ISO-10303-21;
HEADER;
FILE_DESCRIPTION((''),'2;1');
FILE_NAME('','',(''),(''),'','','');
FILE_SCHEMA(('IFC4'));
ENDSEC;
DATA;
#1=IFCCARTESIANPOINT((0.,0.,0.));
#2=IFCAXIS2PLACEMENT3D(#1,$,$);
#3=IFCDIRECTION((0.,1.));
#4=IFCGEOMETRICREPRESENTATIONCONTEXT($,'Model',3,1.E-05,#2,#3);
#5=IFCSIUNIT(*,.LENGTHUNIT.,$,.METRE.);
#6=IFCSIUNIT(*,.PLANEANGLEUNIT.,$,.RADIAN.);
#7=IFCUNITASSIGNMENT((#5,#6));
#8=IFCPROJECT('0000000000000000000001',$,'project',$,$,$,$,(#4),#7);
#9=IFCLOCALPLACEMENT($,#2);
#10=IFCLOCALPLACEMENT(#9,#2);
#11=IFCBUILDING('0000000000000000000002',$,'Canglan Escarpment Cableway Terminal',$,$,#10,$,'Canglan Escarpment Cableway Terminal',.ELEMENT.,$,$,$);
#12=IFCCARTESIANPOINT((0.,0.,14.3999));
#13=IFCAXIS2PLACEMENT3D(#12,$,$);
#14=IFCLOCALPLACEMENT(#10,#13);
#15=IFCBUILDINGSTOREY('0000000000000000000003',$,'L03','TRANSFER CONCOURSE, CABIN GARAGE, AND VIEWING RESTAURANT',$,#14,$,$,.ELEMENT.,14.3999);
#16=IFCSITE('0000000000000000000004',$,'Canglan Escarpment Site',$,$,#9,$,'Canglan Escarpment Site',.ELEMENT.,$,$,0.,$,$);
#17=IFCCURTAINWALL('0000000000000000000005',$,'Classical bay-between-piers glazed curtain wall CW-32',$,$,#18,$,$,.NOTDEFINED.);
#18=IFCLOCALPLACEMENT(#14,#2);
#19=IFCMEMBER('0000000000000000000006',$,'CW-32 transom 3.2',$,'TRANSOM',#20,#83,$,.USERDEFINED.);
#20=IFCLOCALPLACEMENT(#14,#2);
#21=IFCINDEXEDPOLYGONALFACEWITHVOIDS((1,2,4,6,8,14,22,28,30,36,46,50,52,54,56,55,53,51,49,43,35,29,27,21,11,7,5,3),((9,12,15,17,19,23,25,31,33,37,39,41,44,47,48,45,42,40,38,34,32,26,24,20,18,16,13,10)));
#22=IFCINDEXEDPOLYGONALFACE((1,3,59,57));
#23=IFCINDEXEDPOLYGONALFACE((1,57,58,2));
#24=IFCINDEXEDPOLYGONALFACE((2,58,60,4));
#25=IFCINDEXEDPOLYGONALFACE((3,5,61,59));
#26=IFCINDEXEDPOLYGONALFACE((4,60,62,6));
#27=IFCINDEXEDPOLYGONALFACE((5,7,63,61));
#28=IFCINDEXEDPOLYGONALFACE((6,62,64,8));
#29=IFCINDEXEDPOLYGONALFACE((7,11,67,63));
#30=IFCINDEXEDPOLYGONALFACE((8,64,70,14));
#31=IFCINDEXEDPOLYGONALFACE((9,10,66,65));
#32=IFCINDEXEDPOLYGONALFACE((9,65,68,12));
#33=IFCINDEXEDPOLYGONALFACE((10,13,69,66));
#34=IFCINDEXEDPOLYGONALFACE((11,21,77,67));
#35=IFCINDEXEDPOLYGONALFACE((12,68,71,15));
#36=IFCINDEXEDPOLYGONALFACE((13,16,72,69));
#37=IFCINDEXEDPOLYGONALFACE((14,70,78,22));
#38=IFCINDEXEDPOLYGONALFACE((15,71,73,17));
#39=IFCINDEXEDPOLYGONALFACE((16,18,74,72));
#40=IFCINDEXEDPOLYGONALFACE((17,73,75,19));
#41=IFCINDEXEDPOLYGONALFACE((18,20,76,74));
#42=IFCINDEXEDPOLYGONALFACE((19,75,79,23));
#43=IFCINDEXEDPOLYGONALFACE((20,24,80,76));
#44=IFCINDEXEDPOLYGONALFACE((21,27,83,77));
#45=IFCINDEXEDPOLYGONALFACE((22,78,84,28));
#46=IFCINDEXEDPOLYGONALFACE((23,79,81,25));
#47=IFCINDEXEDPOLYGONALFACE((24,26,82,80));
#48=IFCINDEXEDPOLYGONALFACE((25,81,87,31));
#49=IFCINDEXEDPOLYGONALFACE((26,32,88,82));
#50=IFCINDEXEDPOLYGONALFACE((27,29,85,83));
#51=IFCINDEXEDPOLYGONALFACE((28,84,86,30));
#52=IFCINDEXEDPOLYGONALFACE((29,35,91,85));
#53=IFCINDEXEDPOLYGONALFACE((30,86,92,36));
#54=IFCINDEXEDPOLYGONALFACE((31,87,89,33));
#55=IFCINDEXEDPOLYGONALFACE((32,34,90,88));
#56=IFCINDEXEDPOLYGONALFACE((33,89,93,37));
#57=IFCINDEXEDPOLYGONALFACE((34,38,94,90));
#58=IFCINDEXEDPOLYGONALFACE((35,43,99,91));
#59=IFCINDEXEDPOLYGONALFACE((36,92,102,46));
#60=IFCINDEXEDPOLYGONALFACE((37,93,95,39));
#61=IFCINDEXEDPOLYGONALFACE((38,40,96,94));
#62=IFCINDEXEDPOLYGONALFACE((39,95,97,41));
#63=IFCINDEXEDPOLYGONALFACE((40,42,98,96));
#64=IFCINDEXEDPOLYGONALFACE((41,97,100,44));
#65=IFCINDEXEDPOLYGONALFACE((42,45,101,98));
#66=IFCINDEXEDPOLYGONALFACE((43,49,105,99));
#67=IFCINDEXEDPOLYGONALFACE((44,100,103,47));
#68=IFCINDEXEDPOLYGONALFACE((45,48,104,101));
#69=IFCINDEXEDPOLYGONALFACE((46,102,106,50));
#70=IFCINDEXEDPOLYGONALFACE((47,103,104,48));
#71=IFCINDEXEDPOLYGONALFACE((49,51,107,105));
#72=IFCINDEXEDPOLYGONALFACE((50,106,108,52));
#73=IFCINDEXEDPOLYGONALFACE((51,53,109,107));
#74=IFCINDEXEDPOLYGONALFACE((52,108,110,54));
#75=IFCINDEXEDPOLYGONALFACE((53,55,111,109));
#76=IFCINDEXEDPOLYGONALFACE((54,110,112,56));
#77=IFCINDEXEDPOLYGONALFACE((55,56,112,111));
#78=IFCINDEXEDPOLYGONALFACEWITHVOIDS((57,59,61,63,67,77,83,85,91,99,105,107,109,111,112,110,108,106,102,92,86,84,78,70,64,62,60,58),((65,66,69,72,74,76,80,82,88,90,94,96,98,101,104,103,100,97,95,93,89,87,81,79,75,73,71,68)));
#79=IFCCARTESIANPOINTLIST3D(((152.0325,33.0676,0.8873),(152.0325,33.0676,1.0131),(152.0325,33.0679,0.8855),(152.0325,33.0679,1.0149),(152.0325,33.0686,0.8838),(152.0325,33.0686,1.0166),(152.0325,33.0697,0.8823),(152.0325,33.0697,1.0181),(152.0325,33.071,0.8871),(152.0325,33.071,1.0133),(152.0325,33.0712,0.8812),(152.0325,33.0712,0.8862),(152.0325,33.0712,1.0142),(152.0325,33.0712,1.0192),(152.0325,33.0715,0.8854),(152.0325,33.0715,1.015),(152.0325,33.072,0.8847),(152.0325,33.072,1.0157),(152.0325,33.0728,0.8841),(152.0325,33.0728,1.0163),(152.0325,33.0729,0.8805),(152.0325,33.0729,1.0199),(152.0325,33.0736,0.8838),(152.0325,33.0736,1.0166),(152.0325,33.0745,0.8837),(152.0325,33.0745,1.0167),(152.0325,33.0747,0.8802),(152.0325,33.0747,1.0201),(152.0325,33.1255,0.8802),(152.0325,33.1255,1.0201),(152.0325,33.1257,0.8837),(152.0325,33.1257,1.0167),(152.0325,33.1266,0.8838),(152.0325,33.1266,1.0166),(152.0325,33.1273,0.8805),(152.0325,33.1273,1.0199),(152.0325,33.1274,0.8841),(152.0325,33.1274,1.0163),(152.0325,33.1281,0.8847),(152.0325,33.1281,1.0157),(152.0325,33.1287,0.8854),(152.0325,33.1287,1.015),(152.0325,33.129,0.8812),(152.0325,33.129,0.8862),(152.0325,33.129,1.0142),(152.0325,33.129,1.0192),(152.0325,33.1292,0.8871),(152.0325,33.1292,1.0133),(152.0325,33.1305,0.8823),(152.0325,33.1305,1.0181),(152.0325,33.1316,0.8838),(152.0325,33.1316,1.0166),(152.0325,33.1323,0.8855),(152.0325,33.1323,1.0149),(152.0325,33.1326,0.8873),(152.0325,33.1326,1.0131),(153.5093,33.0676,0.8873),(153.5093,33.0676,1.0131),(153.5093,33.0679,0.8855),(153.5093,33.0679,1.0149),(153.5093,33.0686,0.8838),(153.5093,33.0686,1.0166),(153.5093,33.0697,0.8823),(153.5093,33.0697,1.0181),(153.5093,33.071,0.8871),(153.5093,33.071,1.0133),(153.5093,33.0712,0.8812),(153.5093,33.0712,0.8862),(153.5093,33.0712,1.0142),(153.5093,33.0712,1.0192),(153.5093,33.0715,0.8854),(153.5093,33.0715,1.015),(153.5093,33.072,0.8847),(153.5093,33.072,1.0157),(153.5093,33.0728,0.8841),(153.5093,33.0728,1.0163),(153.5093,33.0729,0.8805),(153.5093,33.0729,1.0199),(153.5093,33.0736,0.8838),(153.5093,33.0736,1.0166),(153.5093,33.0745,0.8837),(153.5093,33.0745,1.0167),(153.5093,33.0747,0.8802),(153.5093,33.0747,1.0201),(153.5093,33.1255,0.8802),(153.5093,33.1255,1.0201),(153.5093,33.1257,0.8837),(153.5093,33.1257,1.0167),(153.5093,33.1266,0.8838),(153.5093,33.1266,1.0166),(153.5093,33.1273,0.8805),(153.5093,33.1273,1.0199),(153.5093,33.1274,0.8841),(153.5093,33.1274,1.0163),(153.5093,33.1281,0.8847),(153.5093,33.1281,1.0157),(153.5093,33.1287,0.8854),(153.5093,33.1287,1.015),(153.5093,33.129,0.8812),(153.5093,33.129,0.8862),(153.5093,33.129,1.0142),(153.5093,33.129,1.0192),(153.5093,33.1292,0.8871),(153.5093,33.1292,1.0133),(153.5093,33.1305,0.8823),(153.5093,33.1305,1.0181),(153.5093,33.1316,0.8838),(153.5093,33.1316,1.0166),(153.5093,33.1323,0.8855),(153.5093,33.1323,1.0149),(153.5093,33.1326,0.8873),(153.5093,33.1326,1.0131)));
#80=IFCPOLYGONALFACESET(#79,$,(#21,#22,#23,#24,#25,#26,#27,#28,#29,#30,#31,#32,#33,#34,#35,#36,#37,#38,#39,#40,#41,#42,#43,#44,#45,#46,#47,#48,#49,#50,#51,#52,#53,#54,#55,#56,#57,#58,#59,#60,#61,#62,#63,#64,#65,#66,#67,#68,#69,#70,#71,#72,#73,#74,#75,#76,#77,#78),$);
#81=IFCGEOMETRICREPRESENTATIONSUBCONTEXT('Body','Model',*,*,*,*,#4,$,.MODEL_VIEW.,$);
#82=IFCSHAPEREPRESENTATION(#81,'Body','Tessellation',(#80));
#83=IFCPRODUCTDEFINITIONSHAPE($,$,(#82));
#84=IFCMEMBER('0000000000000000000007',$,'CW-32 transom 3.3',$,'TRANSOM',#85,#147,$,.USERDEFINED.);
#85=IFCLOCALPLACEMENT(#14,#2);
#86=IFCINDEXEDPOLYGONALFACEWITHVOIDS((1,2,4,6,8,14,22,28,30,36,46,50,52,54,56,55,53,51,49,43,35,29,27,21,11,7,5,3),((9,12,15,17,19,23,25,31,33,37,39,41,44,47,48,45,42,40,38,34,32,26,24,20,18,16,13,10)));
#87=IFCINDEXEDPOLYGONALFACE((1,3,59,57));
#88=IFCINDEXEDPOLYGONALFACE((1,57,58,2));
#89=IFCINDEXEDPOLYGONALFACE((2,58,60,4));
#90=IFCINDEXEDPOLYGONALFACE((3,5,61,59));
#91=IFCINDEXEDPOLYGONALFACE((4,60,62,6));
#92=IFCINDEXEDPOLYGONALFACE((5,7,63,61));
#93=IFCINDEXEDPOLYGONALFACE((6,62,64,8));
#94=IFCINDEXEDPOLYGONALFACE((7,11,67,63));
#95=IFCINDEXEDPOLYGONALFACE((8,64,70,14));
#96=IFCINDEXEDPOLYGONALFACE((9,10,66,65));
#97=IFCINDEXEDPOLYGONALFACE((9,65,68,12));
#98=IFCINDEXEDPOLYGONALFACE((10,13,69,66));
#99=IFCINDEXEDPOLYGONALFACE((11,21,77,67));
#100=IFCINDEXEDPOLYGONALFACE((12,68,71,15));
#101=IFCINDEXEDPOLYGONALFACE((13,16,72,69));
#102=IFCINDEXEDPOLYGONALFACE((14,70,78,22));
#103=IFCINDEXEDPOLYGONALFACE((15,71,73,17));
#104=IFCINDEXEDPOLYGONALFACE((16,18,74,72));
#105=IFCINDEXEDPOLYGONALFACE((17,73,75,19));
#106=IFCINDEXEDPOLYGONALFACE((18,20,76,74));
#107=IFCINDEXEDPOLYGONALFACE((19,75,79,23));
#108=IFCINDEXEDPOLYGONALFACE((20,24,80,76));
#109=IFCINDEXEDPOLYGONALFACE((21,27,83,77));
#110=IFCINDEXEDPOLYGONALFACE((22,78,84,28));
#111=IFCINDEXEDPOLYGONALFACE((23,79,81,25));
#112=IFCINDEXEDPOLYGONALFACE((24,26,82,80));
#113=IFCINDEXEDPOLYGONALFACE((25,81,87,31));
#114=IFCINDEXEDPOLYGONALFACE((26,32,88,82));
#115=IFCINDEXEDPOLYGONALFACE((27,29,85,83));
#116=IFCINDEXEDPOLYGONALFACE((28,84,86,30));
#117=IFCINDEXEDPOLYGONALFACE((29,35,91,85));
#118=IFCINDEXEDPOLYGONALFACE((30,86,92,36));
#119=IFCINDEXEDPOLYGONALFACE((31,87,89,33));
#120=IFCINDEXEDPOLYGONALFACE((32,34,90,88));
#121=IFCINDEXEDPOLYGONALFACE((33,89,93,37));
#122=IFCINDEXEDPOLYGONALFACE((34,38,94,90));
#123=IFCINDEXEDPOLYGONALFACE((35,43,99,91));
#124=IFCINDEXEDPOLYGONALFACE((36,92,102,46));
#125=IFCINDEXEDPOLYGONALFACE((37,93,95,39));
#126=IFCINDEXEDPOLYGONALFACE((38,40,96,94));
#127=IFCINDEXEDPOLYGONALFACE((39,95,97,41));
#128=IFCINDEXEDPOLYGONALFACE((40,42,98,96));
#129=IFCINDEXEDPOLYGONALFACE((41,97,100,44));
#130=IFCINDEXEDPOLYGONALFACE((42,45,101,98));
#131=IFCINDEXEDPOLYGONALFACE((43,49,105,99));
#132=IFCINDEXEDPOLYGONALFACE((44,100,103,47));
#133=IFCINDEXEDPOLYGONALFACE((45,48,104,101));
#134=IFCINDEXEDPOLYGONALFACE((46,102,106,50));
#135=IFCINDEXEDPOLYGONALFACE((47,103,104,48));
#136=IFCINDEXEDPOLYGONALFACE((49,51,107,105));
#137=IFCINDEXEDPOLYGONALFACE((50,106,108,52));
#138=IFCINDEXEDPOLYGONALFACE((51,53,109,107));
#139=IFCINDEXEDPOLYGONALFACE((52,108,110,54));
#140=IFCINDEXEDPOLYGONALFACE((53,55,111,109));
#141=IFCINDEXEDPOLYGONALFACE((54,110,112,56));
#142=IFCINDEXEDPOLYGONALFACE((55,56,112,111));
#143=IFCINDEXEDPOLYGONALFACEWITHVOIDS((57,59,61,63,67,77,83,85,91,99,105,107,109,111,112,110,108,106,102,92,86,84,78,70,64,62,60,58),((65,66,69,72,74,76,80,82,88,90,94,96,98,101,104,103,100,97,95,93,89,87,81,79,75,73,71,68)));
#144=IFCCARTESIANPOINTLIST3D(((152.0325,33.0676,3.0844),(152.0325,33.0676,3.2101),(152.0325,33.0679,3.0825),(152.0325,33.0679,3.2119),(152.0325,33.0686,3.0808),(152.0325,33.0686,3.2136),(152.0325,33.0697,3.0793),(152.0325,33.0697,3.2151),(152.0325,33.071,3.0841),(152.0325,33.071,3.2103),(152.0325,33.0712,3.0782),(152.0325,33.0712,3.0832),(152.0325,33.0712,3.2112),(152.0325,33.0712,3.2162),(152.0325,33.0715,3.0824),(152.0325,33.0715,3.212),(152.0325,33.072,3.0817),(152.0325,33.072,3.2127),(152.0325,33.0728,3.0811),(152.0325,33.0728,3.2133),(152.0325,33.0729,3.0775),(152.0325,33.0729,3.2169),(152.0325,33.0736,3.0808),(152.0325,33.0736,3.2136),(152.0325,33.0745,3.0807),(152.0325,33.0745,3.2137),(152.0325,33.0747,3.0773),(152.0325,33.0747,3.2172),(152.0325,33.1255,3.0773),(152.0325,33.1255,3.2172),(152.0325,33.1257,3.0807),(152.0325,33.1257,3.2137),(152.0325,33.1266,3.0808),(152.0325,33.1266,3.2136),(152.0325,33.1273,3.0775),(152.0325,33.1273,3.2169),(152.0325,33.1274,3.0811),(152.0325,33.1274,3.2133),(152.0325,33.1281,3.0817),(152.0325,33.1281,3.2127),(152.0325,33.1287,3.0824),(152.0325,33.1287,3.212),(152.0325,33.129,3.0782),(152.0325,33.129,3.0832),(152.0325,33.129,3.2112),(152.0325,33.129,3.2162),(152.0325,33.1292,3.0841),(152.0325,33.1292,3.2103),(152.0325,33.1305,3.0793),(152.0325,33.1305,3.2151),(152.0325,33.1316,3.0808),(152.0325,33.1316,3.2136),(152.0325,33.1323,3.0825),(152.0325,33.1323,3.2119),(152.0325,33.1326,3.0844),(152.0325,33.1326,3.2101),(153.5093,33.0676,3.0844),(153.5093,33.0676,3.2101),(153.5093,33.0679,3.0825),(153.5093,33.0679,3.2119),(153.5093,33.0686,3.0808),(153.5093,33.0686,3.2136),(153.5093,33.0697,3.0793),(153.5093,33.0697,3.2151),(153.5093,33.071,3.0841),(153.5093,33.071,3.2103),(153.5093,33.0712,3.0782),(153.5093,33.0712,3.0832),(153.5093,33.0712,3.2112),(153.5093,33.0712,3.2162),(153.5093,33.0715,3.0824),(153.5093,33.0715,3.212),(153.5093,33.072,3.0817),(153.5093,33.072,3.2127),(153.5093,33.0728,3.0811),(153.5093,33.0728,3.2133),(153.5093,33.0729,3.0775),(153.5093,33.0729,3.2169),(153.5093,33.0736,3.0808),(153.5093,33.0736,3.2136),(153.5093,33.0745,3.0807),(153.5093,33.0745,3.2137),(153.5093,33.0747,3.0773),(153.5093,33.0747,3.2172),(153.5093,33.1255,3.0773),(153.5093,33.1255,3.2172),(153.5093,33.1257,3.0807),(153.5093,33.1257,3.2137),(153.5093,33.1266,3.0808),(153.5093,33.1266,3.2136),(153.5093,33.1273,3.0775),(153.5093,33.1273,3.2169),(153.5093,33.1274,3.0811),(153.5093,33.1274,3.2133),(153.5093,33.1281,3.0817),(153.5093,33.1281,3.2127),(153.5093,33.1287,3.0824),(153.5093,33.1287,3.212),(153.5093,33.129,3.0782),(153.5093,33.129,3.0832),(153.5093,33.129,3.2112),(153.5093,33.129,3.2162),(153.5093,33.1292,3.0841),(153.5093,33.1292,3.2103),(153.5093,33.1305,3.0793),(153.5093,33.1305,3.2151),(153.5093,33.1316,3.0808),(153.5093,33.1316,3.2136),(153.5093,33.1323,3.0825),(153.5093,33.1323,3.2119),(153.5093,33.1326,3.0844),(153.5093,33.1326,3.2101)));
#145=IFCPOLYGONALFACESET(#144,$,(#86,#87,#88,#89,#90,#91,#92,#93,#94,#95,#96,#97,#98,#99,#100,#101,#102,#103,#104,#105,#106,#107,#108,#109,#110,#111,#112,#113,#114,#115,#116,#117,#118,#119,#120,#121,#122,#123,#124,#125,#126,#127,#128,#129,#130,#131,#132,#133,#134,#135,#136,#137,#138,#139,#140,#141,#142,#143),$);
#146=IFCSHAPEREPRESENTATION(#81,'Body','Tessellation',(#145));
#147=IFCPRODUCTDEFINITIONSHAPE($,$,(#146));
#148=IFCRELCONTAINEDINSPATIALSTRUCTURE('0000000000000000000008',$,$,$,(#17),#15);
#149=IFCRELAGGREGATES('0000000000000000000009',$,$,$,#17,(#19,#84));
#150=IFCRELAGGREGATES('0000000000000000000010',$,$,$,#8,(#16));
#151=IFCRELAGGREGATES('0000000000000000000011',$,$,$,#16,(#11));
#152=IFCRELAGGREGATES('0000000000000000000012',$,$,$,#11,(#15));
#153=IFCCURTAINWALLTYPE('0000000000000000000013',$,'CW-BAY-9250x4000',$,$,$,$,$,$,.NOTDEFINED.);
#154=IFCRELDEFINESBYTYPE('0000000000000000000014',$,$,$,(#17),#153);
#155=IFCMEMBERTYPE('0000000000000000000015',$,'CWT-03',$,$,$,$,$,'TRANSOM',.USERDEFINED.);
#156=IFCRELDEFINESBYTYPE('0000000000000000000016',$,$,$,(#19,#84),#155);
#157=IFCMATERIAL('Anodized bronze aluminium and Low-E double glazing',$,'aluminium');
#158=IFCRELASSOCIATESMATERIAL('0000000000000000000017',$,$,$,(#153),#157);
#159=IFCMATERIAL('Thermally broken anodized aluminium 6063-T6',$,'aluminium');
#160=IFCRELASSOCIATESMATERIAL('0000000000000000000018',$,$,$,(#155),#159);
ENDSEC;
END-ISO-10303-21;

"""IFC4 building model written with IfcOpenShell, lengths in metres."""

from ifc_helpers import new_model, si_unit, direction, frame, origin, origin_2d, place, context, subcontext, project, spatial, hollow_rectangle, extrude, material, material_profile, profile_set, type_object, element, aggregate, save


model = new_model("IFC4")

# Units and contexts
model_context = context("Model", 3, precision=1e-05, world=origin(), true_north=direction((0.0, 1.0)))
body_context = subcontext(model_context, "Body", "Model", "MODEL_VIEW")
ifc_project = project(units=[si_unit("LENGTHUNIT", "METRE"), si_unit("PLANEANGLEUNIT", "RADIAN")], contexts=[model_context])

# Site, building, storey
site_placement = place(None, origin())
site = spatial("IfcSite", under=ifc_project, at=site_placement, Name="Canglan Escarpment Site", LongName="Canglan Escarpment Site", CompositionType="ELEMENT", RefElevation=0.0)
building_placement = place(site_placement, origin())
building = spatial("IfcBuilding", under=site, at=building_placement, Name="Canglan Escarpment Cableway Terminal", LongName="Canglan Escarpment Cableway Terminal", CompositionType="ELEMENT")
storey_placement = place(building_placement, frame((0.0, 0.0, 14.3999)))
storey = spatial("IfcBuildingStorey", under=building, at=storey_placement, Name="L03", Description="TRANSFER CONCOURSE, CABIN GARAGE, AND VIEWING RESTAURANT", CompositionType="ELEMENT", Elevation=14.3999)

# Curtain wall, members
ifc_material_1 = material(Name="Anodized bronze aluminium and Low-E double glazing", Category="aluminium")
curtain_wall_type = type_object("IfcCurtainWallType", Name="CW-BAY-9250x4000", PredefinedType="NOTDEFINED", material=ifc_material_1)
curtain_wall_placement = place(storey_placement, origin())
curtain_wall = element("IfcCurtainWall", 1, at=curtain_wall_placement, inside=storey, type_object=curtain_wall_type, Name="Classical bay-between-piers glazed curtain wall CW-32", PredefinedType="NOTDEFINED")
ifc_material_2 = material(Name="Thermally broken anodized aluminium 6063-T6", Category="aluminium")
ifc_material_profile_1 = material_profile(ifc_material_2, hollow_rectangle(XDim=0.0649, YDim=0.1399, WallThickness=0.0034, InnerFilletRadius=0.0034, OuterFilletRadius=0.0071, at=origin_2d()), Name="ALU-TRAN 65x140x3.5")
ifc_profile_set_1 = profile_set([ifc_material_profile_1], Name="Thermally broken anodized aluminium 6063-T6")
member_type_1 = type_object("IfcMemberType", Name="CWT-03", ElementType="TRANSOM", PredefinedType="USERDEFINED", material=ifc_profile_set_1)
member_1_placement = place(storey_placement, frame((153.5093, 33.1001, 0.9502), z_axis=(-1.0, 0.0, 0.0), x_axis=(0.0, -1.0, 0.0)))
member_1 = element("IfcMember", 2, at=member_1_placement, type_object=member_type_1, Name="CW-32 transom 3.2", ObjectType="TRANSOM", PredefinedType="USERDEFINED", context=body_context, shape_type="SweptSolid", body=[
    extrude(hollow_rectangle(XDim=0.0649, YDim=0.1399, WallThickness=0.0034, InnerFilletRadius=0.0034, OuterFilletRadius=0.0071, at=origin_2d()), origin(), (0.0, 0.0, 1.0), 1.4768),
])
member_2_placement = place(storey_placement, frame((153.5093, 33.1001, 3.1472), z_axis=(-1.0, 0.0, 0.0), x_axis=(0.0, -1.0, 0.0)))
member_2 = element("IfcMember", 3, at=member_2_placement, type_object=member_type_1, Name="CW-32 transom 3.3", ObjectType="TRANSOM", PredefinedType="USERDEFINED", context=body_context, shape_type="SweptSolid", body=[
    extrude(hollow_rectangle(XDim=0.0649, YDim=0.1399, WallThickness=0.0034, InnerFilletRadius=0.0034, OuterFilletRadius=0.0071, at=origin_2d()), origin(), (0.0, 0.0, 1.0), 1.4768),
])
aggregate(curtain_wall, [member_1, member_2])

save(model, "model.ifc")
